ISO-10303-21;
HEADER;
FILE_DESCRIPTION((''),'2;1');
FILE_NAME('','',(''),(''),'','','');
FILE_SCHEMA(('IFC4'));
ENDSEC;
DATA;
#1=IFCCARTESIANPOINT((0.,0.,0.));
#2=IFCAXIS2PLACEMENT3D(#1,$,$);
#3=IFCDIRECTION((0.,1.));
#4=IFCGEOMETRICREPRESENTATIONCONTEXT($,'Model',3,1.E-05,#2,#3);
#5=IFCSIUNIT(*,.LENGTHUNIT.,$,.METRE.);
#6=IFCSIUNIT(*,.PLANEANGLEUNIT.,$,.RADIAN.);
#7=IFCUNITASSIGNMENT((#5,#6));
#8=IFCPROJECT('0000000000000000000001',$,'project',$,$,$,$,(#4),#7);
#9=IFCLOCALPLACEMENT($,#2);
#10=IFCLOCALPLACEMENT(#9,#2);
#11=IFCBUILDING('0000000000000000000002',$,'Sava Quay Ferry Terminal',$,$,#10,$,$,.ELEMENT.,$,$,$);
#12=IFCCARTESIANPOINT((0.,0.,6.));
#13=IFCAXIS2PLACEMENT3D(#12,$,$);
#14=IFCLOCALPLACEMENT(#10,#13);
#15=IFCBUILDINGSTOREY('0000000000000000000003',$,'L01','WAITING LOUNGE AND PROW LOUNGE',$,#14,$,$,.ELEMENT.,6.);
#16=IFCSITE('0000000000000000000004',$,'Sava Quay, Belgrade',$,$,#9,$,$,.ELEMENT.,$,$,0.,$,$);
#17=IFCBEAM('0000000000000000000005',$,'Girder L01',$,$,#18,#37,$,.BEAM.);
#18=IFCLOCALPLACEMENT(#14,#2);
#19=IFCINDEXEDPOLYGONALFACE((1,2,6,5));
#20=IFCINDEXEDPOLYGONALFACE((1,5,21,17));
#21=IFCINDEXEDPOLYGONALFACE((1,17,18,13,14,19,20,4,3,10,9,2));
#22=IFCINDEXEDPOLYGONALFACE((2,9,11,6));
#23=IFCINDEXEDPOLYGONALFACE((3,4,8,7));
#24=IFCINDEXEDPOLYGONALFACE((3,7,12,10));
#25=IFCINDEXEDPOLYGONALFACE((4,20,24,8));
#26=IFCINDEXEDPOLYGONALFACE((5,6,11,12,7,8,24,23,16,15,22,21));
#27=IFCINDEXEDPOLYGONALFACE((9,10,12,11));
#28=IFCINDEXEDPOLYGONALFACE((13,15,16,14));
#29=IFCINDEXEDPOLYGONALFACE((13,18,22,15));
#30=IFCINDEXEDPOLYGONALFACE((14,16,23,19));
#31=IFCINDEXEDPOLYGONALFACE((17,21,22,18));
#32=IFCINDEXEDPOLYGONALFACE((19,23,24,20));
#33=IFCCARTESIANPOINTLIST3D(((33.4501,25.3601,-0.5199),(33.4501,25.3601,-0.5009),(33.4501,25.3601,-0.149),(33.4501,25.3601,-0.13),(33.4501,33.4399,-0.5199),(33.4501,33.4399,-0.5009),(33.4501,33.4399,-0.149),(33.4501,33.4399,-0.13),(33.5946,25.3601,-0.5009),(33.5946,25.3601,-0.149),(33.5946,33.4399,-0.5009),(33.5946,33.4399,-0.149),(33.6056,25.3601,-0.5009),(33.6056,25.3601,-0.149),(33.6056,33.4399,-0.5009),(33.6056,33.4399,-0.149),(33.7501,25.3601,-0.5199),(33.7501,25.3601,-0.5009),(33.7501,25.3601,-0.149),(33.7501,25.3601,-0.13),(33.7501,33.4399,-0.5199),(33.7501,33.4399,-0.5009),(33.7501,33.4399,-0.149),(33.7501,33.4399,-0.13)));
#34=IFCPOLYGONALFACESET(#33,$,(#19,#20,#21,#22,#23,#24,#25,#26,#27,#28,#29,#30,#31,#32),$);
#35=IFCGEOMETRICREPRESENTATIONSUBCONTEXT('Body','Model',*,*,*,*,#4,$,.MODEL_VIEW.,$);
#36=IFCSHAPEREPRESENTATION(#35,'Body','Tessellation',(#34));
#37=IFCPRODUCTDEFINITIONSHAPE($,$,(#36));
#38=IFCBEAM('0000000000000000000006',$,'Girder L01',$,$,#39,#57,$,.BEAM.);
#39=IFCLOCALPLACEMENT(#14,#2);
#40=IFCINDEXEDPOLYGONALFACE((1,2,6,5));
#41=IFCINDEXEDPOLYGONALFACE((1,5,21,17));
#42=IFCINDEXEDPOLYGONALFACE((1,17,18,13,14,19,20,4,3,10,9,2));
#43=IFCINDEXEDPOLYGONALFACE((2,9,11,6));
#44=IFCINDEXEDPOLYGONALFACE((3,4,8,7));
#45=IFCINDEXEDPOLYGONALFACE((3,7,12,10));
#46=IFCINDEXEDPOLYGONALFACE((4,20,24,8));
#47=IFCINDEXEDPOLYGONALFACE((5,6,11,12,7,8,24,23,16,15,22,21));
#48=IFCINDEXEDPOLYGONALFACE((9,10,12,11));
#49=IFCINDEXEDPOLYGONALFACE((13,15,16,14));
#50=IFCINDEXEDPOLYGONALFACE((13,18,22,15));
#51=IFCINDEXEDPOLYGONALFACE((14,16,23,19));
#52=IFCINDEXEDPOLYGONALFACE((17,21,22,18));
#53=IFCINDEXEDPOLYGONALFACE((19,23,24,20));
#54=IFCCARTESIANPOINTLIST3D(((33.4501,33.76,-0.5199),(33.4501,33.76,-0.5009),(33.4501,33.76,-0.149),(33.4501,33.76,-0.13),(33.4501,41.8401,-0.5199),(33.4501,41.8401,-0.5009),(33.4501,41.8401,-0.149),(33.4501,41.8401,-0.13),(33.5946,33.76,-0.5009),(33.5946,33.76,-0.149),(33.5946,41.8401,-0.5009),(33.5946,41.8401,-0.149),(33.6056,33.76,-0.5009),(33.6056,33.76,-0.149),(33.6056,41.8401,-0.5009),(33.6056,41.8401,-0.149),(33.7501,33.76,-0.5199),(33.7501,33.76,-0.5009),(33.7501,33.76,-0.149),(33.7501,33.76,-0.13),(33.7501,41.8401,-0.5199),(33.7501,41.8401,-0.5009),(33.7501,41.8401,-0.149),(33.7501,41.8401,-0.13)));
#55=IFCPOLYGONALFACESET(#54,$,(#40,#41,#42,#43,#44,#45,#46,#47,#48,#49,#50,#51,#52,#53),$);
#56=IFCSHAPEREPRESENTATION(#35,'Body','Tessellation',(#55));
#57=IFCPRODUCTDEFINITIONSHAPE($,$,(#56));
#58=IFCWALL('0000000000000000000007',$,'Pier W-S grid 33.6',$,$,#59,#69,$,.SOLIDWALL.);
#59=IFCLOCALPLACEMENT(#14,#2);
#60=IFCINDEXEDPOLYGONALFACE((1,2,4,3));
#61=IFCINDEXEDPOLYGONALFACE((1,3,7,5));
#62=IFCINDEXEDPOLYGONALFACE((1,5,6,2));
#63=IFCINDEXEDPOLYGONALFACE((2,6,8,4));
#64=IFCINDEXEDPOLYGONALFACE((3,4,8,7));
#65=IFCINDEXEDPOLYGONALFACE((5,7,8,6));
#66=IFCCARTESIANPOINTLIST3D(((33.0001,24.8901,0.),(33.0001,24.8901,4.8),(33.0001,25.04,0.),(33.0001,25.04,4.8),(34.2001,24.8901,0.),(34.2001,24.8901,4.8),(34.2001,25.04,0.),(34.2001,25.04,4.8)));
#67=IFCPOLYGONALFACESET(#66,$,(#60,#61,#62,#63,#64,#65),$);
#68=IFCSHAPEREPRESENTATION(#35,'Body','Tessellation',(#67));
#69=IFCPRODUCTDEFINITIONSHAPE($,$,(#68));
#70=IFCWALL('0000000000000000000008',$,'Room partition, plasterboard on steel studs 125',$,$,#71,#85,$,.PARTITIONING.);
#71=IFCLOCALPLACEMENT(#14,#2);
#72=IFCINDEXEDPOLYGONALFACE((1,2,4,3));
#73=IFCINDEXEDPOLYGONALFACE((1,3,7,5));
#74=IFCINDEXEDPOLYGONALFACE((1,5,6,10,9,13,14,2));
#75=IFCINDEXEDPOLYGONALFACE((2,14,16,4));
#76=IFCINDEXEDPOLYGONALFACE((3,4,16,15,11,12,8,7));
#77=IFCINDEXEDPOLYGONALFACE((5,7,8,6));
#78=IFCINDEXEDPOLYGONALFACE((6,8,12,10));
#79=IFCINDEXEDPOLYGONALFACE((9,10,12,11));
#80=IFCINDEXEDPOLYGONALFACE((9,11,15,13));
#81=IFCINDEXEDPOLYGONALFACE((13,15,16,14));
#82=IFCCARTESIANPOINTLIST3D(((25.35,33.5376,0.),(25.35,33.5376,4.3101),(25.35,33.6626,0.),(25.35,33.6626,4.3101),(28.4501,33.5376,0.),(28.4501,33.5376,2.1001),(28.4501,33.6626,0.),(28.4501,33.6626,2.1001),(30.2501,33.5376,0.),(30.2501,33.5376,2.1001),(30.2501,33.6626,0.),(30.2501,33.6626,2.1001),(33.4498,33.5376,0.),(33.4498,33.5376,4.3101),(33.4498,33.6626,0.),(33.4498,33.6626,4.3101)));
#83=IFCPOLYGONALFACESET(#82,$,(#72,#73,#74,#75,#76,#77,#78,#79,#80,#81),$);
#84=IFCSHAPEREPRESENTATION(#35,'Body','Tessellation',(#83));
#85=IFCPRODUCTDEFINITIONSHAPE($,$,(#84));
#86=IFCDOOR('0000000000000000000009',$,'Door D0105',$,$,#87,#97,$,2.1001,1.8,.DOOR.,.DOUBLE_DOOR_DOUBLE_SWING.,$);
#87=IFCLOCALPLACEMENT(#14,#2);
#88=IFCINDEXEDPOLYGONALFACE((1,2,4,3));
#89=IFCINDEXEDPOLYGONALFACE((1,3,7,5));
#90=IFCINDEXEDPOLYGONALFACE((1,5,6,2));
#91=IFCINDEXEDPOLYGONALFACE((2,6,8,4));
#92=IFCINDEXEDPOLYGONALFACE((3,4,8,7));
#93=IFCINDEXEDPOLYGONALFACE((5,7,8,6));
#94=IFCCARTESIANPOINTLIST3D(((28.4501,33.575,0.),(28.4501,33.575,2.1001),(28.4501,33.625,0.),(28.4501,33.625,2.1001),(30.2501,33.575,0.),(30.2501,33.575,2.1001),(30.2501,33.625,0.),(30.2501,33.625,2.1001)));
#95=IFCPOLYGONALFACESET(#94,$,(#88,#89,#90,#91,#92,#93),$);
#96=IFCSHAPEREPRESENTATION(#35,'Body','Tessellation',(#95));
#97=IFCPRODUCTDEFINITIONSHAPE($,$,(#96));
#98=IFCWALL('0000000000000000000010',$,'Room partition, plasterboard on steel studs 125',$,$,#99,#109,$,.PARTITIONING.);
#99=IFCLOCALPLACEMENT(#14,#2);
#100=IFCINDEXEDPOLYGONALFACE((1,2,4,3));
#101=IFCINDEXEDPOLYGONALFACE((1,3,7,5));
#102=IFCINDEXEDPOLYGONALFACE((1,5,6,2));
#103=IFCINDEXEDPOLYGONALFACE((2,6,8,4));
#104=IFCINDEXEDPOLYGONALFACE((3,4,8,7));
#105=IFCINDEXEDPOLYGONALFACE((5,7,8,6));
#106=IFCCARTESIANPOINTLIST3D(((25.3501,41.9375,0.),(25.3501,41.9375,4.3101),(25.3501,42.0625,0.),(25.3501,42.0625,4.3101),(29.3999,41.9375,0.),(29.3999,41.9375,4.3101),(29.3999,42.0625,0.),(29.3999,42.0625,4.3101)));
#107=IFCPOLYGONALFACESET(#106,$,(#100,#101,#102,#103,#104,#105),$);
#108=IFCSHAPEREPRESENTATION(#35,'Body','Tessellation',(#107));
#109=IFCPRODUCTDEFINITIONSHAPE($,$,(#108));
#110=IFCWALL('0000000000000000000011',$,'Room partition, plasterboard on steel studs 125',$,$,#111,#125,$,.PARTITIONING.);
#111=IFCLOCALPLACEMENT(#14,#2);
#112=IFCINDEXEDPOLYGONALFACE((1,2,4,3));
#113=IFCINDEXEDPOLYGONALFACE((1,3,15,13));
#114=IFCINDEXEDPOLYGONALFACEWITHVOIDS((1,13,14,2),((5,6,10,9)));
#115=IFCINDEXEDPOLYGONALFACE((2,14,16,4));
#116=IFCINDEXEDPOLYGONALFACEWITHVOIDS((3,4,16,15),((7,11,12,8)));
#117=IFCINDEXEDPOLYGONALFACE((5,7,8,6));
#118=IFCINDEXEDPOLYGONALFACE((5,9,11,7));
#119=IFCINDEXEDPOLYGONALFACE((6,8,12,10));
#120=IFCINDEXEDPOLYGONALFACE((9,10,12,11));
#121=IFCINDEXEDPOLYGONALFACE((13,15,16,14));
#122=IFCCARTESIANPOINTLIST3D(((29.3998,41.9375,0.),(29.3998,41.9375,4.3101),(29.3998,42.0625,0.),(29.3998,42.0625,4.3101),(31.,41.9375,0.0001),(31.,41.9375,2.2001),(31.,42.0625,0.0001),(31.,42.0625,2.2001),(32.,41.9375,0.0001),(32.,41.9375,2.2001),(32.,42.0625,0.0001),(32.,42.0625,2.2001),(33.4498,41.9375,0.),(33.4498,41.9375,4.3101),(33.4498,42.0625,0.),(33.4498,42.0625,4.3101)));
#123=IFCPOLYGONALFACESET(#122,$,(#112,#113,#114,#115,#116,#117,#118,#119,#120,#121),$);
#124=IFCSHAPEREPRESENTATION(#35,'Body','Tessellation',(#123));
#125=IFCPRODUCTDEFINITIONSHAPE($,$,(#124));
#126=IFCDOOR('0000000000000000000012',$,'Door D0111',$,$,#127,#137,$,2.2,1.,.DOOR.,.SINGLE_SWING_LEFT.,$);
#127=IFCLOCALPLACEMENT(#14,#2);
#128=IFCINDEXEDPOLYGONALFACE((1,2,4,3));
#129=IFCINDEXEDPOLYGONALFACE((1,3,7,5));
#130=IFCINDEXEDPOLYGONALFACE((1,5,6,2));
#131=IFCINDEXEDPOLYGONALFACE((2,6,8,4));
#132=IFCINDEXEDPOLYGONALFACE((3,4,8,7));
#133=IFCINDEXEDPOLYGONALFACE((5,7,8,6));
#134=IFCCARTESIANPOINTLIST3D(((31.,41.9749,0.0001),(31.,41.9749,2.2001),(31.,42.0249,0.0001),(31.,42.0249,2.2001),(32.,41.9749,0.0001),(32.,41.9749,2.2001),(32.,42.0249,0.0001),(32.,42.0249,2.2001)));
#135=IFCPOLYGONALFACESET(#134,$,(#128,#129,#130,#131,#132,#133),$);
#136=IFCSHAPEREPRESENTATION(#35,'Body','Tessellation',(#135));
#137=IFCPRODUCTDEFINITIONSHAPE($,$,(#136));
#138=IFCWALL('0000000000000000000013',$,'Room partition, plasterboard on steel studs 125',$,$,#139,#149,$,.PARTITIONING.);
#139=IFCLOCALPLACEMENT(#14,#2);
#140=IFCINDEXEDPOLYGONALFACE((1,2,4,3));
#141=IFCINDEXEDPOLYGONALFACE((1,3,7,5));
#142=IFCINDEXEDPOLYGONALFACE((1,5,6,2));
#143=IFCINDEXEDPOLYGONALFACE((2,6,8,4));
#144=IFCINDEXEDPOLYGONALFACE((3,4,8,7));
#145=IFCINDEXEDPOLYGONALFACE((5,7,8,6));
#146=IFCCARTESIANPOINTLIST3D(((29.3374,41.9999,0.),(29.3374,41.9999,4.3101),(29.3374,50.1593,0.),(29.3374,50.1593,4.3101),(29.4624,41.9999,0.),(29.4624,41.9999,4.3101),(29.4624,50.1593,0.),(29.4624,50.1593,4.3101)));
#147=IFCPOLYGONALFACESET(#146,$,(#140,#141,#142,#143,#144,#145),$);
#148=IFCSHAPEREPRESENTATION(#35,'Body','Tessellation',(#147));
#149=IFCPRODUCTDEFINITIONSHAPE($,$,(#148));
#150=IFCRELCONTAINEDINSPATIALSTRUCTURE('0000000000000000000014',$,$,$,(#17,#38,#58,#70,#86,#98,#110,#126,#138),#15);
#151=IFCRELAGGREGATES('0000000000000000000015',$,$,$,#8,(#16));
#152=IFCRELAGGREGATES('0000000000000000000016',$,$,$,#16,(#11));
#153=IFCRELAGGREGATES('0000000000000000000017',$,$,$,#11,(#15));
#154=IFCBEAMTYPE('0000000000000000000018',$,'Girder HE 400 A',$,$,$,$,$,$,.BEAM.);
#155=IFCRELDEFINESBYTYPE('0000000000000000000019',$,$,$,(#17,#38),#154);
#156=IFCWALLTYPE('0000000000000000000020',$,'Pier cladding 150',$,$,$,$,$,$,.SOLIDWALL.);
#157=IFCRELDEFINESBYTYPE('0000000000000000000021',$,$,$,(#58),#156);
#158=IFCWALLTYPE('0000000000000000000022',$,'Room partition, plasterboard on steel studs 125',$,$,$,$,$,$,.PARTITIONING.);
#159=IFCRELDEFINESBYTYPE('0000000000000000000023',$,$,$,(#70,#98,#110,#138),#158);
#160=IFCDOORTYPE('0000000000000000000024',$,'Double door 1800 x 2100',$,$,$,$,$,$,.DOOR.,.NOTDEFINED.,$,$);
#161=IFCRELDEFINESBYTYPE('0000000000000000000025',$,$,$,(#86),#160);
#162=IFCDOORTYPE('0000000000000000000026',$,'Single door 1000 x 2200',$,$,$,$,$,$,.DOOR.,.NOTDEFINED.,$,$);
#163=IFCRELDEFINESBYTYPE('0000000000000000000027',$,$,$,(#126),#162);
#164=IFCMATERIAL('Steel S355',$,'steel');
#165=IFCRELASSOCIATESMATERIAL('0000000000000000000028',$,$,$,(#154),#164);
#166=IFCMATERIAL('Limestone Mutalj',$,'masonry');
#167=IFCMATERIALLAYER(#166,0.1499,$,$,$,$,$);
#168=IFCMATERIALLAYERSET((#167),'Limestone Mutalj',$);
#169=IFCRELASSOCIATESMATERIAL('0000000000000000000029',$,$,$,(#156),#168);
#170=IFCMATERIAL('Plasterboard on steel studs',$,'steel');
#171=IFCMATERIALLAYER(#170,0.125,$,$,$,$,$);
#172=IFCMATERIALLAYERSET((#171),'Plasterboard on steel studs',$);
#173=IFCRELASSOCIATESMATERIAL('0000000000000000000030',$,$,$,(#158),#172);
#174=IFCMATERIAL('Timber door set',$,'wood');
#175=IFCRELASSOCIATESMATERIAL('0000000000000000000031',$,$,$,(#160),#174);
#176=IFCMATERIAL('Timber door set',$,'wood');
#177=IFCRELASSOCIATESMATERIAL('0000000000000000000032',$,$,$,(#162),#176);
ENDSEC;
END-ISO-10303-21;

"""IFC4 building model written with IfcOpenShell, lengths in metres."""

from ifc_helpers import new_model, si_unit, direction, frame, frame_2d, origin, origin_2d, place, context, subcontext, project, spatial, rectangle, i_section, extrude, material, layer, layer_set, material_profile, profile_set, type_object, element, fill, save


model = new_model("IFC4")

# Units and contexts
model_context = context("Model", 3, precision=1e-05, world=origin(), true_north=direction((0.0, 1.0)))
body_context = subcontext(model_context, "Body", "Model", "MODEL_VIEW")
ifc_project = project(units=[si_unit("LENGTHUNIT", "METRE"), si_unit("PLANEANGLEUNIT", "RADIAN")], contexts=[model_context])

# Site, building, storey
site_placement = place(None, origin())
site = spatial("IfcSite", under=ifc_project, at=site_placement, Name="Sava Quay, Belgrade", CompositionType="ELEMENT", RefElevation=0.0)
building_placement = place(site_placement, origin())
building = spatial("IfcBuilding", under=site, at=building_placement, Name="Sava Quay Ferry Terminal", CompositionType="ELEMENT")
storey_placement = place(building_placement, frame((0.0, 0.0, 6.0)))
storey = spatial("IfcBuildingStorey", under=building, at=storey_placement, Name="L01", Description="WAITING LOUNGE AND PROW LOUNGE", CompositionType="ELEMENT", Elevation=6.0)

# Beams
ifc_material_1 = material(Name="Steel S355", Category="steel")
ifc_material_profile_1 = material_profile(ifc_material_1, i_section(OverallWidth=0.3, OverallDepth=0.3899, WebThickness=0.011, FlangeThickness=0.019, at=origin_2d()), Name="HE 400 A")
ifc_profile_set_1 = profile_set([ifc_material_profile_1], Name="Steel S355")
beam_type_1 = type_object("IfcBeamType", Name="Girder HE 400 A", PredefinedType="BEAM", material=ifc_profile_set_1)
beam_1_placement = place(storey_placement, frame((33.6001, 25.3601, -0.325), z_axis=(0.0, 1.0, 0.0), x_axis=(-1.0, 0.0, 0.0)))
element("IfcBeam", 1, at=beam_1_placement, inside=storey, type_object=beam_type_1, Name="Girder L01", PredefinedType="BEAM", context=body_context, shape_type="SweptSolid", body=[
    extrude(i_section(OverallWidth=0.3, OverallDepth=0.3899, WebThickness=0.011, FlangeThickness=0.019, at=origin_2d()), origin(), (0.0, 0.0, 1.0), 8.0798),
])
beam_2_placement = place(storey_placement, frame((33.6001, 33.76, -0.325), z_axis=(0.0, 1.0, 0.0), x_axis=(-1.0, 0.0, 0.0)))
element("IfcBeam", 2, at=beam_2_placement, inside=storey, type_object=beam_type_1, Name="Girder L01", PredefinedType="BEAM", context=body_context, shape_type="SweptSolid", body=[
    extrude(i_section(OverallWidth=0.3, OverallDepth=0.3899, WebThickness=0.011, FlangeThickness=0.019, at=origin_2d()), origin(), (0.0, 0.0, 1.0), 8.0801),
])

# Wall
ifc_material_2 = material(Name="Limestone Mutalj", Category="masonry")
ifc_layer_1 = layer(ifc_material_2, 0.1499)
ifc_layer_set_1 = layer_set([ifc_layer_1], Name="Limestone Mutalj")
wall_type_1 = type_object("IfcWallType", Name="Pier cladding 150", PredefinedType="SOLIDWALL", material=ifc_layer_set_1)
wall_1_placement = place(storey_placement, frame((33.0, 24.9651, 0.0), z_axis=(0.0, 0.0, 1.0), x_axis=(1.0, 0.0, 0.0)))
element("IfcWall", 3, at=wall_1_placement, inside=storey, type_object=wall_type_1, Name="Pier W-S grid 33.6", PredefinedType="SOLIDWALL", context=body_context, shape_type="SweptSolid", body=[
    extrude(rectangle(XDim=1.2, YDim=0.1499, at=frame_2d((0.6001, 0.0))), origin(), (0.0, 0.0, 1.0), 4.8),
])

# Wall, opening, door
ifc_material_3 = material(Name="Plasterboard on steel studs", Category="steel")
ifc_layer_2 = layer(ifc_material_3, 0.125)
ifc_layer_set_2 = layer_set([ifc_layer_2], Name="Plasterboard on steel studs")
wall_type_2 = type_object("IfcWallType", Name="Room partition, plasterboard on steel studs 125", PredefinedType="PARTITIONING", material=ifc_layer_set_2)
wall_2_placement = place(storey_placement, frame((25.3501, 33.6001, 0.0), z_axis=(0.0, 0.0, 1.0), x_axis=(1.0, 0.0, 0.0)))
wall_2 = element("IfcWall", 4, at=wall_2_placement, inside=storey, type_object=wall_type_2, Name="Room partition, plasterboard on steel studs 125", PredefinedType="PARTITIONING", context=body_context, shape_type="SweptSolid", body=[
    extrude(rectangle(XDim=8.0999, YDim=0.125, at=frame_2d((4.0498, 0.0))), origin(), (0.0, 0.0, 1.0), 4.3101),
])
opening_1_placement = place(wall_2_placement, frame((3.1001, 0.0, 0.0)))
opening_1 = element("IfcOpeningElement", 5, at=opening_1_placement, cuts=wall_2, PredefinedType="OPENING", context=body_context, shape_type="SweptSolid", body=[
    extrude(rectangle(XDim=1.8, YDim=2.1001, at=frame_2d((0.8999, 1.05))), frame((0.0, 0.0625, 0.0), z_axis=(0.0, -1.0, 0.0), x_axis=(1.0, 0.0, 0.0)), (0.0, 0.0, 1.0), 0.125),
])
ifc_material_4 = material(Name="Timber door set", Category="wood")
door_type_1 = type_object("IfcDoorType", Name="Double door 1800 x 2100", OperationType="NOTDEFINED", PredefinedType="DOOR", material=ifc_material_4)
door_1_placement = place(opening_1_placement, origin())
door_1 = element("IfcDoor", 6, at=door_1_placement, inside=storey, type_object=door_type_1, Name="Door D0105", OperationType="DOUBLE_DOOR_DOUBLE_SWING", OverallHeight=2.1001, OverallWidth=1.8, PredefinedType="DOOR", context=body_context, shape_type="SweptSolid", body=[
    extrude(rectangle(XDim=1.8, YDim=2.1001, at=frame_2d((0.8999, 1.05))), frame((0.0, 0.0249, 0.0), z_axis=(0.0, -1.0, 0.0), x_axis=(1.0, 0.0, 0.0)), (0.0, 0.0, 1.0), 0.05),
])
fill(opening_1, door_1)

# Wall
wall_3_placement = place(storey_placement, frame((25.3501, 42.0, 0.0), z_axis=(0.0, 0.0, 1.0), x_axis=(1.0, 0.0, 0.0)))
element("IfcWall", 7, at=wall_3_placement, inside=storey, type_object=wall_type_2, Name="Room partition, plasterboard on steel studs 125", PredefinedType="PARTITIONING", context=body_context, shape_type="SweptSolid", body=[
    extrude(rectangle(XDim=4.0498, YDim=0.125, at=frame_2d((2.0249, 0.0))), origin(), (0.0, 0.0, 1.0), 4.3101),
])

# Wall, opening, door
wall_4_placement = place(storey_placement, frame((29.3999, 42.0, 0.0), z_axis=(0.0, 0.0, 1.0), x_axis=(1.0, 0.0, 0.0)))
wall_4 = element("IfcWall", 8, at=wall_4_placement, inside=storey, type_object=wall_type_2, Name="Room partition, plasterboard on steel studs 125", PredefinedType="PARTITIONING", context=body_context, shape_type="SweptSolid", body=[
    extrude(rectangle(XDim=4.05, YDim=0.125, at=frame_2d((2.0249, 0.0))), origin(), (0.0, 0.0, 1.0), 4.3101),
])
opening_2_placement = place(wall_4_placement, frame((1.6001, 0.0, 0.0)))
opening_2 = element("IfcOpeningElement", 9, at=opening_2_placement, cuts=wall_4, PredefinedType="OPENING", context=body_context, shape_type="SweptSolid", body=[
    extrude(rectangle(XDim=1.0, YDim=2.2, at=frame_2d((0.5, 1.1001))), frame((0.0, 0.0625, 0.0), z_axis=(0.0, -1.0, 0.0), x_axis=(1.0, 0.0, 0.0)), (0.0, 0.0, 1.0), 0.125),
])
ifc_material_5 = material(Name="Timber door set", Category="wood")
door_type_2 = type_object("IfcDoorType", Name="Single door 1000 x 2200", OperationType="NOTDEFINED", PredefinedType="DOOR", material=ifc_material_5)
door_2_placement = place(opening_2_placement, origin())
door_2 = element("IfcDoor", 10, at=door_2_placement, inside=storey, type_object=door_type_2, Name="Door D0111", OperationType="SINGLE_SWING_LEFT", OverallHeight=2.2, OverallWidth=1.0, PredefinedType="DOOR", context=body_context, shape_type="SweptSolid", body=[
    extrude(rectangle(XDim=1.0, YDim=2.2, at=frame_2d((0.5, 1.1001))), frame((0.0, 0.0249, 0.0), z_axis=(0.0, -1.0, 0.0), x_axis=(1.0, 0.0, 0.0)), (0.0, 0.0, 1.0), 0.05),
])
fill(opening_2, door_2)

# Wall
wall_5_placement = place(storey_placement, frame((29.3999, 42.0, 0.0), z_axis=(0.0, 0.0, 1.0), x_axis=(0.0, 1.0, 0.0)))
element("IfcWall", 11, at=wall_5_placement, inside=storey, type_object=wall_type_2, Name="Room partition, plasterboard on steel studs 125", PredefinedType="PARTITIONING", context=body_context, shape_type="SweptSolid", body=[
    extrude(rectangle(XDim=8.1594, YDim=0.125, at=frame_2d((4.0796, 0.0))), origin(), (0.0, 0.0, 1.0), 4.3101),
])

save(model, "model.ifc")
